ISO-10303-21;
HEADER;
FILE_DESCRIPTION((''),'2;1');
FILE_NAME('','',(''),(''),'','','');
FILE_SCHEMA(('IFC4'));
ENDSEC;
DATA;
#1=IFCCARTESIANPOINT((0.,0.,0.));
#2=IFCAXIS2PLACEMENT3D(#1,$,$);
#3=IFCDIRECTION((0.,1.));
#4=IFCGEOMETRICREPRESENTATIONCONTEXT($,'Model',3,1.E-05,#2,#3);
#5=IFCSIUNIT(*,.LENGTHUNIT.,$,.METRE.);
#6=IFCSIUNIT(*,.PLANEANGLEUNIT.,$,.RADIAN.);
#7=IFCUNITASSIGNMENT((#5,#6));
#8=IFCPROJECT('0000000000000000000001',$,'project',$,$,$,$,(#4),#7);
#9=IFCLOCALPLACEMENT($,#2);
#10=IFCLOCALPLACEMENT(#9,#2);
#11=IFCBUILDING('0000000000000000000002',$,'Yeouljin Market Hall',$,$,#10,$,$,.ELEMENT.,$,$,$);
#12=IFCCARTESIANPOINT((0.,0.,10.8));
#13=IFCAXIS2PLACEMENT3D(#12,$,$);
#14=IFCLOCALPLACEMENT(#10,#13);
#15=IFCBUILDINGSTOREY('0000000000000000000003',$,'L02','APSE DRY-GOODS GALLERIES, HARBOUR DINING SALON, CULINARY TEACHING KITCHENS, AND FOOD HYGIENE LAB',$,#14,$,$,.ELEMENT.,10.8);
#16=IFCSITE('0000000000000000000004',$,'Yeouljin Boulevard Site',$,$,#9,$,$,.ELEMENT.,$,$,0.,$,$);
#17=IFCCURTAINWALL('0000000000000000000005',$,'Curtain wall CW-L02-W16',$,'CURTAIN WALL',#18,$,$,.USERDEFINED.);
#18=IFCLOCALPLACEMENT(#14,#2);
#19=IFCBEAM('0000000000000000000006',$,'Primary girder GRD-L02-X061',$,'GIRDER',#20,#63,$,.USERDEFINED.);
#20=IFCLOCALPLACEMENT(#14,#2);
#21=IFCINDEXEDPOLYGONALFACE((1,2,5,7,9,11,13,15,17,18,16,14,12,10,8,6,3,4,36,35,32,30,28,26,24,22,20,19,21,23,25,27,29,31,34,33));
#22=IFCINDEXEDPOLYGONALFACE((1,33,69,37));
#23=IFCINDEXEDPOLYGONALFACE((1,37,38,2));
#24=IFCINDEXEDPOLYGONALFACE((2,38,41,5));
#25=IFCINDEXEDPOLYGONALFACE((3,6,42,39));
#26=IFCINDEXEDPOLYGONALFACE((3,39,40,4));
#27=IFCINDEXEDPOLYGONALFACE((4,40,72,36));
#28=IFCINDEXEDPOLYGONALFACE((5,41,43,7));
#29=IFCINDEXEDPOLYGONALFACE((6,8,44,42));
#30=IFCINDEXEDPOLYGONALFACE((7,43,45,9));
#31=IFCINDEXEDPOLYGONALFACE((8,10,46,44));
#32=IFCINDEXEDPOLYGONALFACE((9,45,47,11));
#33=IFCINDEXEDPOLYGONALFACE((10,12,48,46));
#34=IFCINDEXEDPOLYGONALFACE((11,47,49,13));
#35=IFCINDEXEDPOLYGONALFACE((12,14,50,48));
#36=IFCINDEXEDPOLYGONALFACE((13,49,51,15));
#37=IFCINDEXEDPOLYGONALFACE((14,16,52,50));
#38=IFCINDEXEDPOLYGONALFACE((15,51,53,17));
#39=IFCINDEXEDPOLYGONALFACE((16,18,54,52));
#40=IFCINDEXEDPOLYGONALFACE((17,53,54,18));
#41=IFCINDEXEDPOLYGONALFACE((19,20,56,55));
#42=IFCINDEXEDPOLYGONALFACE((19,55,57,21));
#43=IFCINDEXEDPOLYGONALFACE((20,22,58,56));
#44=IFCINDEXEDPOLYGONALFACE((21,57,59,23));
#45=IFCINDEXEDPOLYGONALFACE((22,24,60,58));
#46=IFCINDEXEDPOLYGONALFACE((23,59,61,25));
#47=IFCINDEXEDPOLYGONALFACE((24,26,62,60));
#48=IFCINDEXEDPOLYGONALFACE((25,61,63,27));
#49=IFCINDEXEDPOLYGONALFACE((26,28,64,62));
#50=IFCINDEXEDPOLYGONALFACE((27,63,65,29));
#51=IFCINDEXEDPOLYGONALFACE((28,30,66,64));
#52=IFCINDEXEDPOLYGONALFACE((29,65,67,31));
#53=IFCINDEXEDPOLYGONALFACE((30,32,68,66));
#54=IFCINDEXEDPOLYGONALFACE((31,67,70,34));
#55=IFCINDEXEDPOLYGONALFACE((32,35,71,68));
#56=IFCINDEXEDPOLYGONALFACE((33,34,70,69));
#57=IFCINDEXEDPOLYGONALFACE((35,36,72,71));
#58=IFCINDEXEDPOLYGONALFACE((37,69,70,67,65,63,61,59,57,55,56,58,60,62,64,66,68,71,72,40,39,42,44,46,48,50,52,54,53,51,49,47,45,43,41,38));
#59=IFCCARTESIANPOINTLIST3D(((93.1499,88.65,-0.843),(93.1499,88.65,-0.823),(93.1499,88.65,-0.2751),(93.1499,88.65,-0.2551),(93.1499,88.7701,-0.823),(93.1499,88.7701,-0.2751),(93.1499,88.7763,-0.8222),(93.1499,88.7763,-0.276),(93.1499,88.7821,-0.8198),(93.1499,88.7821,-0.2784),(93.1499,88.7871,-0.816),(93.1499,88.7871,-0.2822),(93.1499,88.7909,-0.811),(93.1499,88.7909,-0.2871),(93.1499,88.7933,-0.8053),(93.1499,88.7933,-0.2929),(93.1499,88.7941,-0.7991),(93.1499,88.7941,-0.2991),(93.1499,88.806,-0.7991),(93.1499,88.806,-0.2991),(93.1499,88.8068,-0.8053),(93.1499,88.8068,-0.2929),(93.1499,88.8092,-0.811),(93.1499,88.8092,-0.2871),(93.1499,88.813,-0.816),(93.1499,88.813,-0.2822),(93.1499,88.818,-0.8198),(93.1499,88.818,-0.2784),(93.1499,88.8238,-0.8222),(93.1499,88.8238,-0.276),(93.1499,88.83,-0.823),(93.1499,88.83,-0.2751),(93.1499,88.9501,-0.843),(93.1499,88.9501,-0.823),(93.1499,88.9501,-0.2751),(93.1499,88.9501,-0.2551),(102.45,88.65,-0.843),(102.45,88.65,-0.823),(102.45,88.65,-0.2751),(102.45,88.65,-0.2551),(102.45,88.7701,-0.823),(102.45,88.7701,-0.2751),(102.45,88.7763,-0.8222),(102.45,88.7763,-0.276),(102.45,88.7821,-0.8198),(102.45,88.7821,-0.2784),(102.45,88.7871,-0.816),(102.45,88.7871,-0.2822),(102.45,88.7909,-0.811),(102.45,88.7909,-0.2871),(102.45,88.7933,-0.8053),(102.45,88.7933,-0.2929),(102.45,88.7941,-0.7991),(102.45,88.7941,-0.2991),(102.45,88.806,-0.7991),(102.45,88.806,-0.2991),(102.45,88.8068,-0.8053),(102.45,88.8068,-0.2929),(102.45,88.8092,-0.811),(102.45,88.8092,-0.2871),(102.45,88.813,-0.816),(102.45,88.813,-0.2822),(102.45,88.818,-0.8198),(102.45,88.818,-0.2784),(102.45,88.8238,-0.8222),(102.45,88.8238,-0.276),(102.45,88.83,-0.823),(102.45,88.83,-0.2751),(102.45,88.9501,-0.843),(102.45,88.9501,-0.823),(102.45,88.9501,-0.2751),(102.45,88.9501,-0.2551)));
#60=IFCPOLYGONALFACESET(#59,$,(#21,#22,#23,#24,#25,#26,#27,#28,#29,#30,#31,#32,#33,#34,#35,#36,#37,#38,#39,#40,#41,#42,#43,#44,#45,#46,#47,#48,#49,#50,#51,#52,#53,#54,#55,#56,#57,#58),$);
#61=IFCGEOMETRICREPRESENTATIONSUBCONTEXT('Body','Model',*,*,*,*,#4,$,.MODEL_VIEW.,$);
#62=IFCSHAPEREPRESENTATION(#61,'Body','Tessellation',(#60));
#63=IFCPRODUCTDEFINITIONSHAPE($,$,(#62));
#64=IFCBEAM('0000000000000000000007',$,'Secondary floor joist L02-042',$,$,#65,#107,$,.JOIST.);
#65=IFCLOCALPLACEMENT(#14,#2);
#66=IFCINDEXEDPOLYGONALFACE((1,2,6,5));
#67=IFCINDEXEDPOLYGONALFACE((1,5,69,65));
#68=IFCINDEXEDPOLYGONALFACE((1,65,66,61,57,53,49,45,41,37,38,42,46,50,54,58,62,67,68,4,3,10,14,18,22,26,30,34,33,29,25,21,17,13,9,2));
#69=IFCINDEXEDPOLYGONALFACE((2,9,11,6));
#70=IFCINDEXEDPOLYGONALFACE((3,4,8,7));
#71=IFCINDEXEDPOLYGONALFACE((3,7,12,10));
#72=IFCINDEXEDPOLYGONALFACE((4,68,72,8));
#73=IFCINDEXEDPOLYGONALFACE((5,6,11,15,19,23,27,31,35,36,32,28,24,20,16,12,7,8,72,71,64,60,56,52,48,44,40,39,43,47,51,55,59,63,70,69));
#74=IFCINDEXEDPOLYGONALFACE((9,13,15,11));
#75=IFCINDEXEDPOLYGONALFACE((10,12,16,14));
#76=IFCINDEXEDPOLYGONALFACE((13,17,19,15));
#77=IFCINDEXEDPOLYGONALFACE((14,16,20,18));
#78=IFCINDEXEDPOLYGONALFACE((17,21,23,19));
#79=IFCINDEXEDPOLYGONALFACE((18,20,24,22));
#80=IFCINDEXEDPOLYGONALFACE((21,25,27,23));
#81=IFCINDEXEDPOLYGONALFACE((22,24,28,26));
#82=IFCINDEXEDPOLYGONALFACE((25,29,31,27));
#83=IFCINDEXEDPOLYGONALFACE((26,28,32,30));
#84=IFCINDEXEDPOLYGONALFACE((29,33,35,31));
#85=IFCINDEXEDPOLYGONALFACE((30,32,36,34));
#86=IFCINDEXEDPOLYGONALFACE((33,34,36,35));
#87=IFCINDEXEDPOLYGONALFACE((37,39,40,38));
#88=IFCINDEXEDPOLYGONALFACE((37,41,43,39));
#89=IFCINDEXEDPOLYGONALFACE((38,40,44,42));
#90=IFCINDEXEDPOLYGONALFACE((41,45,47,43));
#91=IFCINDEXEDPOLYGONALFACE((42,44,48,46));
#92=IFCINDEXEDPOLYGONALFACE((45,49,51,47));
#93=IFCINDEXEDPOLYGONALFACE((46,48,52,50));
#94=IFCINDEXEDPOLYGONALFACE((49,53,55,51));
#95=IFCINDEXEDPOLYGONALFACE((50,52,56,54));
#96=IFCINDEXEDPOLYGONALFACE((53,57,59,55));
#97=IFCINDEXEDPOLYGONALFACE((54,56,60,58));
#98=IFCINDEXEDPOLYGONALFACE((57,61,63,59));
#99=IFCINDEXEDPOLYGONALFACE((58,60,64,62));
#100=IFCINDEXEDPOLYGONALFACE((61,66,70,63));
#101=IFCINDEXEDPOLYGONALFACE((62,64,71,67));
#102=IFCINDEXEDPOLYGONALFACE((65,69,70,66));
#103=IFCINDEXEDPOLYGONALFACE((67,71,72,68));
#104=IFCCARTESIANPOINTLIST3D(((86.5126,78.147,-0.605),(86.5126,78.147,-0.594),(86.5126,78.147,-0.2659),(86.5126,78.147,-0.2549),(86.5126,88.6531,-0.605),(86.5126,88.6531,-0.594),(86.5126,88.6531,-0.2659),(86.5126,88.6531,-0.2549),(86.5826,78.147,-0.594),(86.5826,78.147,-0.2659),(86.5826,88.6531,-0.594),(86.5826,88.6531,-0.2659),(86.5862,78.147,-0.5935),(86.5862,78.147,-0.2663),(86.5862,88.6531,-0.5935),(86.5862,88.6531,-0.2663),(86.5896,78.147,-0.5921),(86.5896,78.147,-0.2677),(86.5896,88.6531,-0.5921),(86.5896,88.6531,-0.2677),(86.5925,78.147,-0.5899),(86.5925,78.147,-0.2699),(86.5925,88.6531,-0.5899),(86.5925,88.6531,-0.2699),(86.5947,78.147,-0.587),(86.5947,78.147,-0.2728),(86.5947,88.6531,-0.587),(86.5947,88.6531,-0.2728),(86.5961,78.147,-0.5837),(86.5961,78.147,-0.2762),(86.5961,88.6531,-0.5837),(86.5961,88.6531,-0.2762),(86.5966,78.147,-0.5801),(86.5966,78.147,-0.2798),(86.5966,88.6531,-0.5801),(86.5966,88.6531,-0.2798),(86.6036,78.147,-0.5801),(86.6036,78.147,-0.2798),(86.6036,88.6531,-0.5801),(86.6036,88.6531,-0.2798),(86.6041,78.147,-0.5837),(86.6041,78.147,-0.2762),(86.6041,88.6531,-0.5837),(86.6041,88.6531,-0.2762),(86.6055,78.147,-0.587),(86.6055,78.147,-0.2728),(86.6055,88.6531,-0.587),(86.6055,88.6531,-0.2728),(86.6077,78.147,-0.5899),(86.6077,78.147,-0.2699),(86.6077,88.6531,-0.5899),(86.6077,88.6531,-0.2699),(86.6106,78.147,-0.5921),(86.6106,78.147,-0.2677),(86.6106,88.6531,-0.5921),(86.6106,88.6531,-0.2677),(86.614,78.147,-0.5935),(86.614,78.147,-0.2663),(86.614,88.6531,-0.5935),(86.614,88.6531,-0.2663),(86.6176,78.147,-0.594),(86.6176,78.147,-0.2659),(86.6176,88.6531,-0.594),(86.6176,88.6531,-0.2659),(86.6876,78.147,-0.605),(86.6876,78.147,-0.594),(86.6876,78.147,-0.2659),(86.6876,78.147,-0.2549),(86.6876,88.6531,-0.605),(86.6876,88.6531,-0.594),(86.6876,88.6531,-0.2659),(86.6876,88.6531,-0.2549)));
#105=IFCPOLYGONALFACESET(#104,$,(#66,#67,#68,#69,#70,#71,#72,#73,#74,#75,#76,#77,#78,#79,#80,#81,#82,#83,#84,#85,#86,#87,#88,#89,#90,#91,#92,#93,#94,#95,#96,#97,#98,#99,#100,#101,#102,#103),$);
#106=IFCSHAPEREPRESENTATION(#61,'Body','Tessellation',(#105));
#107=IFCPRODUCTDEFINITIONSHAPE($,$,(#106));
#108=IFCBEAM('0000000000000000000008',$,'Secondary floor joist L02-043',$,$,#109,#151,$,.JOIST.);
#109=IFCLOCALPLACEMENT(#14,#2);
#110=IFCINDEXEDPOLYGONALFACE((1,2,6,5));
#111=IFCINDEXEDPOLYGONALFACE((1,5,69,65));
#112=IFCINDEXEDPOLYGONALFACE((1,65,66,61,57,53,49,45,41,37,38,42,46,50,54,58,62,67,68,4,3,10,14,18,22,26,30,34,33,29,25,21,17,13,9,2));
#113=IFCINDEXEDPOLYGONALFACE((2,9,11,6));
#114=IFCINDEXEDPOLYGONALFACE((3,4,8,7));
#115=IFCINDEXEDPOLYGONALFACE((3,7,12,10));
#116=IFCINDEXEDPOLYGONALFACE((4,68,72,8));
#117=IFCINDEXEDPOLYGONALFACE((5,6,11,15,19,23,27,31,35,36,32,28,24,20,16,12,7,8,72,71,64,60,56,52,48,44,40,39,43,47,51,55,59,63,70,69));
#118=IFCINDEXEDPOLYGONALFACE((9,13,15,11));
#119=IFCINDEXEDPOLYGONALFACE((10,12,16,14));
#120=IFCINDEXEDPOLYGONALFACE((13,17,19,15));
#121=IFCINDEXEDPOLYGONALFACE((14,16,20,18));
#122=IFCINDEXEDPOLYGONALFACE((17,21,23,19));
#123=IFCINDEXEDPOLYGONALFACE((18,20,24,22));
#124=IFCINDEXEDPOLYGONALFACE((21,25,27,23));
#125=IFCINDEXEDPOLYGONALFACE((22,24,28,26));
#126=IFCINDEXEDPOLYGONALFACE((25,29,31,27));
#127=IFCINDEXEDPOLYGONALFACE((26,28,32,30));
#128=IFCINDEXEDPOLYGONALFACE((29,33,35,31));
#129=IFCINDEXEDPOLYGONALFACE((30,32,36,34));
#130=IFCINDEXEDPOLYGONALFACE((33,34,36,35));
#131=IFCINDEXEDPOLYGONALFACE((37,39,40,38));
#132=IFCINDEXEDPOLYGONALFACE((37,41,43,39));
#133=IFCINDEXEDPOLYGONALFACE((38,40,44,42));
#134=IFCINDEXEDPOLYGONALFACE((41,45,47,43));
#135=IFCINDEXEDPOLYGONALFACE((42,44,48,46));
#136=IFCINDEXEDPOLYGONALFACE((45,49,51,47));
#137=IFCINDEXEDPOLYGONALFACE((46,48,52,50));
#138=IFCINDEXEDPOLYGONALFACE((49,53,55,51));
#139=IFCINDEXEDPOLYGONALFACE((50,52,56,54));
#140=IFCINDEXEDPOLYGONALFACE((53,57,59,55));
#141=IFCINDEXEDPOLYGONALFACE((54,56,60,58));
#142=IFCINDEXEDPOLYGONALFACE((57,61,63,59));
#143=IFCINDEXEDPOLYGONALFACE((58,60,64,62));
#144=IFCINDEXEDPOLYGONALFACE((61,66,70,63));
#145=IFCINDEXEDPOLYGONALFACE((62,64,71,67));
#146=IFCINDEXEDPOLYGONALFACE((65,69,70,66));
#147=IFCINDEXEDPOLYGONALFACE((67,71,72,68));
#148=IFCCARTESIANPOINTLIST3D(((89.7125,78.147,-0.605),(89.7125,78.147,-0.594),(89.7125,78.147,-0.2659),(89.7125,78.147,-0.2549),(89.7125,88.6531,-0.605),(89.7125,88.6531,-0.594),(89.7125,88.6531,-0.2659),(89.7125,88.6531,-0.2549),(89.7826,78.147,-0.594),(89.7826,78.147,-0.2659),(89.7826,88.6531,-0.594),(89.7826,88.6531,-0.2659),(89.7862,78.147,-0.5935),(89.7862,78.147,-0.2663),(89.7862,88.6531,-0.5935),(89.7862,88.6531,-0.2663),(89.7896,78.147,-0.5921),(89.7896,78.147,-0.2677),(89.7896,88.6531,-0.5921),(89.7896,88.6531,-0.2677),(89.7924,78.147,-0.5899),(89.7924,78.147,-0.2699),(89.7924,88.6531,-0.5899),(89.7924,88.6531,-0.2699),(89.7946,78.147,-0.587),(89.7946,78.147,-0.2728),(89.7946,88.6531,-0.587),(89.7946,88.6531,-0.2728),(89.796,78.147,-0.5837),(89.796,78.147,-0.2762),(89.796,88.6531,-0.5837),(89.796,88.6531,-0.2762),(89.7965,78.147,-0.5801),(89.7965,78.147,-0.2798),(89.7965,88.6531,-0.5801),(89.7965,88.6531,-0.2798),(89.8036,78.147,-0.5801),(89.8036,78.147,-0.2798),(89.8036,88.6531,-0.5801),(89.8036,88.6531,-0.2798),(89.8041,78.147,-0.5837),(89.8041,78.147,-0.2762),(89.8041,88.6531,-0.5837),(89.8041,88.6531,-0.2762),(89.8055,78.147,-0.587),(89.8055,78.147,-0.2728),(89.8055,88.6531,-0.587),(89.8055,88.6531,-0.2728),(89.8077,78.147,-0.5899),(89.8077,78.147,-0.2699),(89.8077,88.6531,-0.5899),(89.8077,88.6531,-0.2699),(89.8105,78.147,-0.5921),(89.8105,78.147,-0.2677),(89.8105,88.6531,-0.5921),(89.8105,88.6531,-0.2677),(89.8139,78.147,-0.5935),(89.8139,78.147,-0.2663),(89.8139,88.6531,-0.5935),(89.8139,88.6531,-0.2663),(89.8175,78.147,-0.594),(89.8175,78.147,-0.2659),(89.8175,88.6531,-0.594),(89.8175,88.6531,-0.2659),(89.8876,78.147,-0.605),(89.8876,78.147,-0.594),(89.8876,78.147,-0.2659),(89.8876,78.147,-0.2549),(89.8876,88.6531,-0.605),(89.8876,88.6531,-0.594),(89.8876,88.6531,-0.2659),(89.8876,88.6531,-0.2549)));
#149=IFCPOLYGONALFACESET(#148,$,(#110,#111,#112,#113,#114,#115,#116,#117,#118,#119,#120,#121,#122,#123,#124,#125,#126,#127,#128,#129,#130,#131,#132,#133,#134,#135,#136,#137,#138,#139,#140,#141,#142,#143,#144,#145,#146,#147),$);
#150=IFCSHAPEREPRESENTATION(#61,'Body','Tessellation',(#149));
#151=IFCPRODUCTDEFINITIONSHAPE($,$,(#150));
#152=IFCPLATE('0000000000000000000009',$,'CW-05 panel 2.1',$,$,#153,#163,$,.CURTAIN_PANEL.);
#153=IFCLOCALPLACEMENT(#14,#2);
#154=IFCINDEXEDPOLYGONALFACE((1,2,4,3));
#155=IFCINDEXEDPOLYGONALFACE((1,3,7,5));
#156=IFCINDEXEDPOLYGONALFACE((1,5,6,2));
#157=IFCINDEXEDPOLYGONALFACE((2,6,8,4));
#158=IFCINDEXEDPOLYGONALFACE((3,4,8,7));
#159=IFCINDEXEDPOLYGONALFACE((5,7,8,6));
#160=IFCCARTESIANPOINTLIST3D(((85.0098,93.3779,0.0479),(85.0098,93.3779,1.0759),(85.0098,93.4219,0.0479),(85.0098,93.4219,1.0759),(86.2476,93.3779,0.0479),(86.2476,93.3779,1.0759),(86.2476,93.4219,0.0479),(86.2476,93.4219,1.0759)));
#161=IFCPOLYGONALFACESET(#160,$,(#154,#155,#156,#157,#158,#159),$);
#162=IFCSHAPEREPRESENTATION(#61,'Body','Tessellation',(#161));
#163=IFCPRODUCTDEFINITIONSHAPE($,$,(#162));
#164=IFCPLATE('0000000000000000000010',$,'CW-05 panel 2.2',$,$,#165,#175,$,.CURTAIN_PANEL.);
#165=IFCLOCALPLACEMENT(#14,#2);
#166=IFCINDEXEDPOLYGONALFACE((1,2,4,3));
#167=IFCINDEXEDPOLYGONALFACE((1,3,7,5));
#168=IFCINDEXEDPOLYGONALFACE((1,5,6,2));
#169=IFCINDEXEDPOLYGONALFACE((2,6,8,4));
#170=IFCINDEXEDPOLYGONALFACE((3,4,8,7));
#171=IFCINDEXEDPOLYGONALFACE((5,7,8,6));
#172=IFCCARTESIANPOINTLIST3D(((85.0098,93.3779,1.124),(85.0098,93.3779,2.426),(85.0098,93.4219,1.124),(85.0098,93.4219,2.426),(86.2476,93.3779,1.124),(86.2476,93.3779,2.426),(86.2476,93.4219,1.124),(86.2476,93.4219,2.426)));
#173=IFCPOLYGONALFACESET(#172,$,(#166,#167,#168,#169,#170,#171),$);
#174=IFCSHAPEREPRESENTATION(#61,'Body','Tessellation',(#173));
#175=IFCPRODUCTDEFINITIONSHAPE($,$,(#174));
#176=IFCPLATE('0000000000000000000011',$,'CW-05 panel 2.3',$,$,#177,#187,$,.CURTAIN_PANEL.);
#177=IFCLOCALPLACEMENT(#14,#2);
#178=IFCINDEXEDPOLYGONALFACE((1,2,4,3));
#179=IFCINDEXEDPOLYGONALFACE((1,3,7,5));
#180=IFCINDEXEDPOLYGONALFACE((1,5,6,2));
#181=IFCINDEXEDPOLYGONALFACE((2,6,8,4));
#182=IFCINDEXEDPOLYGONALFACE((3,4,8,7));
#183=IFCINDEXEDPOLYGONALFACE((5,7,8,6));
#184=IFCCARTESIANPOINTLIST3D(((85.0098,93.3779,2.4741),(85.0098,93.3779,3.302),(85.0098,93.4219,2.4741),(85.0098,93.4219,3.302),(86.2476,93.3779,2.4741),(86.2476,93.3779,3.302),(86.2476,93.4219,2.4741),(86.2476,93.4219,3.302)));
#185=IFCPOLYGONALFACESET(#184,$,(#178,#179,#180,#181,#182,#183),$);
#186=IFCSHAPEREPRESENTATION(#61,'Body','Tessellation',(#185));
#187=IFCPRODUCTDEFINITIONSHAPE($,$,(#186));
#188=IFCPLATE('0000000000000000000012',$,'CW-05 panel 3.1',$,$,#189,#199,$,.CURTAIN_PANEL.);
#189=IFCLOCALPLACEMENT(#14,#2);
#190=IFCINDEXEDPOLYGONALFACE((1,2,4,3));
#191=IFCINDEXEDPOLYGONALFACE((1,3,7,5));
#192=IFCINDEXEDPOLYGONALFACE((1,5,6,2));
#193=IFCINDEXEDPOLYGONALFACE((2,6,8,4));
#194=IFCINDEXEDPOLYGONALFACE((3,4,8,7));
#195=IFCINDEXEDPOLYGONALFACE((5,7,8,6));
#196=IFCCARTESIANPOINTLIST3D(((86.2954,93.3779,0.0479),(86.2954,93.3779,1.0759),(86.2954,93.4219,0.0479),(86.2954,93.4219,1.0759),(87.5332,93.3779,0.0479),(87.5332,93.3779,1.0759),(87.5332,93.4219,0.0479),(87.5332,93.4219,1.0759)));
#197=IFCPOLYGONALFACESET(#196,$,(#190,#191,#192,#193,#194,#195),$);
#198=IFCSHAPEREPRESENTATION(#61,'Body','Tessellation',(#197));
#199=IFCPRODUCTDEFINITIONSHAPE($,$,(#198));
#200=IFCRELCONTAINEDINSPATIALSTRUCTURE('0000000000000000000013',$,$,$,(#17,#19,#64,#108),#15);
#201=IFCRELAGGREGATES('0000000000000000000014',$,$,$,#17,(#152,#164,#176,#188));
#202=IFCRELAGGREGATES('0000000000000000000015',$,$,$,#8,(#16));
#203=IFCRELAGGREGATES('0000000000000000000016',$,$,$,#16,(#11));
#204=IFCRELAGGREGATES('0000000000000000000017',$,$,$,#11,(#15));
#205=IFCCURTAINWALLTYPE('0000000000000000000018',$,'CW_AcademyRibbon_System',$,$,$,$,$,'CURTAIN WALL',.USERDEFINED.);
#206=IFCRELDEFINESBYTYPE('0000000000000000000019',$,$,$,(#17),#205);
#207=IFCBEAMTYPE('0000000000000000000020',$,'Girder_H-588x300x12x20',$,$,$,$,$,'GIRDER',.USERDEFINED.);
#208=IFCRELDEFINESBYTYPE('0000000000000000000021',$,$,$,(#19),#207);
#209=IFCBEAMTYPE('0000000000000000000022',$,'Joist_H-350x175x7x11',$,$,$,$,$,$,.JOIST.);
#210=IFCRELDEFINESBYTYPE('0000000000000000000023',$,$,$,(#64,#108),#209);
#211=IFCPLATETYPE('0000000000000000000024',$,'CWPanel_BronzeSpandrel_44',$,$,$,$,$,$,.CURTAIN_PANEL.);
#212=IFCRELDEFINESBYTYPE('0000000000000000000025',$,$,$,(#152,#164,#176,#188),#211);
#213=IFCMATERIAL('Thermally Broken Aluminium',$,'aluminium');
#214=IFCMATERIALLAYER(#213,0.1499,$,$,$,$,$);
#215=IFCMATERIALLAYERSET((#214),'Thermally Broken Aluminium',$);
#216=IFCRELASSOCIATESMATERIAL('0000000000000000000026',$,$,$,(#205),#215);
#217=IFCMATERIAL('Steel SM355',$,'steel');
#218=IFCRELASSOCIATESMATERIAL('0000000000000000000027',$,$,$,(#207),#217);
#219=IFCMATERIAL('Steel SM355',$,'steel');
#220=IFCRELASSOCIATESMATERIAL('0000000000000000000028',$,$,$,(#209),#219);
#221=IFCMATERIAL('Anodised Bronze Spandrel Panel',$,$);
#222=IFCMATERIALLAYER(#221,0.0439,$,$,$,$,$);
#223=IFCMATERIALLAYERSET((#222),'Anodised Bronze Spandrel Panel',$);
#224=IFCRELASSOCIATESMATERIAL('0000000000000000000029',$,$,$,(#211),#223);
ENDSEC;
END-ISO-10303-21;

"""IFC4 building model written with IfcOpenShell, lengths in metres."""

from ifc_helpers import new_model, si_unit, direction, frame, origin, origin_2d, place, context, subcontext, project, spatial, rectangle, i_section, extrude, material, layer, layer_set, material_profile, profile_set, type_object, element, aggregate, save


model = new_model("IFC4")

# Units and contexts
model_context = context("Model", 3, precision=1e-05, world=origin(), true_north=direction((0.0, 1.0)))
body_context = subcontext(model_context, "Body", "Model", "MODEL_VIEW")
ifc_project = project(units=[si_unit("LENGTHUNIT", "METRE"), si_unit("PLANEANGLEUNIT", "RADIAN")], contexts=[model_context])

# Site, building, storey
site_placement = place(None, origin())
site = spatial("IfcSite", under=ifc_project, at=site_placement, Name="Yeouljin Boulevard Site", CompositionType="ELEMENT", RefElevation=0.0)
building_placement = place(site_placement, origin())
building = spatial("IfcBuilding", under=site, at=building_placement, Name="Yeouljin Market Hall", CompositionType="ELEMENT")
storey_placement = place(building_placement, frame((0.0, 0.0, 10.8)))
storey = spatial("IfcBuildingStorey", under=building, at=storey_placement, Name="L02", Description="APSE DRY-GOODS GALLERIES, HARBOUR DINING SALON, CULINARY TEACHING KITCHENS, AND FOOD HYGIENE LAB", CompositionType="ELEMENT", Elevation=10.8)

# Curtain wall
ifc_material_1 = material(Name="Thermally Broken Aluminium", Category="aluminium")
ifc_layer_1 = layer(ifc_material_1, 0.1499)
ifc_layer_set_1 = layer_set([ifc_layer_1], Name="Thermally Broken Aluminium")
curtain_wall_type = type_object("IfcCurtainWallType", Name="CW_AcademyRibbon_System", ElementType="CURTAIN WALL", PredefinedType="USERDEFINED", material=ifc_layer_set_1)
curtain_wall_placement = place(storey_placement, origin())
curtain_wall = element("IfcCurtainWall", 1, at=curtain_wall_placement, inside=storey, type_object=curtain_wall_type, Name="Curtain wall CW-L02-W16", ObjectType="CURTAIN WALL", PredefinedType="USERDEFINED")

# Beams
ifc_material_2 = material(Name="Steel SM355", Category="steel")
ifc_material_profile_1 = material_profile(ifc_material_2, i_section(OverallWidth=0.3, OverallDepth=0.5879, WebThickness=0.012, FlangeThickness=0.02, FilletRadius=0.0239, at=origin_2d()), Name="H-588x300x12x20")
ifc_profile_set_1 = profile_set([ifc_material_profile_1], Name="Steel SM355")
beam_type_1 = type_object("IfcBeamType", Name="Girder_H-588x300x12x20", ElementType="GIRDER", PredefinedType="USERDEFINED", material=ifc_profile_set_1)
beam_1_placement = place(storey_placement, frame((93.1499, 88.8, -0.5491), z_axis=(1.0, 0.0, 0.0), x_axis=(0.0, 1.0, 0.0)))
element("IfcBeam", 2, at=beam_1_placement, inside=storey, type_object=beam_type_1, Name="Primary girder GRD-L02-X061", ObjectType="GIRDER", PredefinedType="USERDEFINED", context=body_context, shape_type="SweptSolid", body=[
    extrude(i_section(OverallWidth=0.3, OverallDepth=0.5879, WebThickness=0.012, FlangeThickness=0.02, FilletRadius=0.0239, at=origin_2d()), origin(), (0.0, 0.0, 1.0), 9.3),
])
ifc_material_3 = material(Name="Steel SM355", Category="steel")
ifc_material_profile_2 = material_profile(ifc_material_3, i_section(OverallWidth=0.175, OverallDepth=0.3501, WebThickness=0.0071, FlangeThickness=0.011, FilletRadius=0.0139, at=origin_2d()), Name="H-350x175x7x11")
ifc_profile_set_2 = profile_set([ifc_material_profile_2], Name="Steel SM355")
beam_type_2 = type_object("IfcBeamType", Name="Joist_H-350x175x7x11", PredefinedType="JOIST", material=ifc_profile_set_2)
for number, where, z_axis, x_axis, name in (
    (3, (86.6001, 78.147, -0.4299), (0.0, 1.0, 0.0), (-1.0, 0.0, 0.0), "Secondary floor joist L02-042"),
    (4, (89.8, 78.147, -0.4299), (0.0, 1.0, 0.0), (-1.0, 0.0, 0.0), "Secondary floor joist L02-043"),
):
    element("IfcBeam", number, at=place(storey_placement, frame(where, z_axis=z_axis, x_axis=x_axis)), inside=storey, type_object=beam_type_2, Name=name, PredefinedType="JOIST", context=body_context, shape_type="SweptSolid", body=[
        extrude(i_section(OverallWidth=0.175, OverallDepth=0.3501, WebThickness=0.0071, FlangeThickness=0.011, FilletRadius=0.0139, at=origin_2d()), origin(), (0.0, 0.0, 1.0), 10.5061),
    ])

# Plates
ifc_material_4 = material(Name="Anodised Bronze Spandrel Panel")
ifc_layer_2 = layer(ifc_material_4, 0.0439)
ifc_layer_set_2 = layer_set([ifc_layer_2], Name="Anodised Bronze Spandrel Panel")
plate_type = type_object("IfcPlateType", Name="CWPanel_BronzeSpandrel_44", PredefinedType="CURTAIN_PANEL", material=ifc_layer_set_2)
plate_1_placement = place(storey_placement, frame((85.6287, 93.3999, 0.0479), z_axis=(0.0, 0.0, 1.0), x_axis=(1.0, 0.0, 0.0)))
plate_1 = element("IfcPlate", 5, at=plate_1_placement, type_object=plate_type, Name="CW-05 panel 2.1", PredefinedType="CURTAIN_PANEL", context=body_context, shape_type="SweptSolid", body=[
    extrude(rectangle(XDim=1.2378, YDim=0.0439, at=origin_2d()), origin(), (0.0, 0.0, 1.0), 1.0281),
])
plate_2_placement = place(storey_placement, frame((85.6287, 93.3999, 1.124), z_axis=(0.0, 0.0, 1.0), x_axis=(1.0, 0.0, 0.0)))
plate_2 = element("IfcPlate", 6, at=plate_2_placement, type_object=plate_type, Name="CW-05 panel 2.2", PredefinedType="CURTAIN_PANEL", context=body_context, shape_type="SweptSolid", body=[
    extrude(rectangle(XDim=1.2378, YDim=0.0439, at=origin_2d()), origin(), (0.0, 0.0, 1.0), 1.302),
])
plate_3_placement = place(storey_placement, frame((85.6287, 93.3999, 2.4741), z_axis=(0.0, 0.0, 1.0), x_axis=(1.0, 0.0, 0.0)))
plate_3 = element("IfcPlate", 7, at=plate_3_placement, type_object=plate_type, Name="CW-05 panel 2.3", PredefinedType="CURTAIN_PANEL", context=body_context, shape_type="SweptSolid", body=[
    extrude(rectangle(XDim=1.2378, YDim=0.0439, at=origin_2d()), origin(), (0.0, 0.0, 1.0), 0.8279),
])
plate_4_placement = place(storey_placement, frame((86.9143, 93.3999, 0.0479), z_axis=(0.0, 0.0, 1.0), x_axis=(1.0, 0.0, 0.0)))
plate_4 = element("IfcPlate", 8, at=plate_4_placement, type_object=plate_type, Name="CW-05 panel 3.1", PredefinedType="CURTAIN_PANEL", context=body_context, shape_type="SweptSolid", body=[
    extrude(rectangle(XDim=1.2378, YDim=0.0439, at=origin_2d()), origin(), (0.0, 0.0, 1.0), 1.0281),
])
aggregate(curtain_wall, [plate_1, plate_2, plate_3, plate_4])

save(model, "model.ifc")
